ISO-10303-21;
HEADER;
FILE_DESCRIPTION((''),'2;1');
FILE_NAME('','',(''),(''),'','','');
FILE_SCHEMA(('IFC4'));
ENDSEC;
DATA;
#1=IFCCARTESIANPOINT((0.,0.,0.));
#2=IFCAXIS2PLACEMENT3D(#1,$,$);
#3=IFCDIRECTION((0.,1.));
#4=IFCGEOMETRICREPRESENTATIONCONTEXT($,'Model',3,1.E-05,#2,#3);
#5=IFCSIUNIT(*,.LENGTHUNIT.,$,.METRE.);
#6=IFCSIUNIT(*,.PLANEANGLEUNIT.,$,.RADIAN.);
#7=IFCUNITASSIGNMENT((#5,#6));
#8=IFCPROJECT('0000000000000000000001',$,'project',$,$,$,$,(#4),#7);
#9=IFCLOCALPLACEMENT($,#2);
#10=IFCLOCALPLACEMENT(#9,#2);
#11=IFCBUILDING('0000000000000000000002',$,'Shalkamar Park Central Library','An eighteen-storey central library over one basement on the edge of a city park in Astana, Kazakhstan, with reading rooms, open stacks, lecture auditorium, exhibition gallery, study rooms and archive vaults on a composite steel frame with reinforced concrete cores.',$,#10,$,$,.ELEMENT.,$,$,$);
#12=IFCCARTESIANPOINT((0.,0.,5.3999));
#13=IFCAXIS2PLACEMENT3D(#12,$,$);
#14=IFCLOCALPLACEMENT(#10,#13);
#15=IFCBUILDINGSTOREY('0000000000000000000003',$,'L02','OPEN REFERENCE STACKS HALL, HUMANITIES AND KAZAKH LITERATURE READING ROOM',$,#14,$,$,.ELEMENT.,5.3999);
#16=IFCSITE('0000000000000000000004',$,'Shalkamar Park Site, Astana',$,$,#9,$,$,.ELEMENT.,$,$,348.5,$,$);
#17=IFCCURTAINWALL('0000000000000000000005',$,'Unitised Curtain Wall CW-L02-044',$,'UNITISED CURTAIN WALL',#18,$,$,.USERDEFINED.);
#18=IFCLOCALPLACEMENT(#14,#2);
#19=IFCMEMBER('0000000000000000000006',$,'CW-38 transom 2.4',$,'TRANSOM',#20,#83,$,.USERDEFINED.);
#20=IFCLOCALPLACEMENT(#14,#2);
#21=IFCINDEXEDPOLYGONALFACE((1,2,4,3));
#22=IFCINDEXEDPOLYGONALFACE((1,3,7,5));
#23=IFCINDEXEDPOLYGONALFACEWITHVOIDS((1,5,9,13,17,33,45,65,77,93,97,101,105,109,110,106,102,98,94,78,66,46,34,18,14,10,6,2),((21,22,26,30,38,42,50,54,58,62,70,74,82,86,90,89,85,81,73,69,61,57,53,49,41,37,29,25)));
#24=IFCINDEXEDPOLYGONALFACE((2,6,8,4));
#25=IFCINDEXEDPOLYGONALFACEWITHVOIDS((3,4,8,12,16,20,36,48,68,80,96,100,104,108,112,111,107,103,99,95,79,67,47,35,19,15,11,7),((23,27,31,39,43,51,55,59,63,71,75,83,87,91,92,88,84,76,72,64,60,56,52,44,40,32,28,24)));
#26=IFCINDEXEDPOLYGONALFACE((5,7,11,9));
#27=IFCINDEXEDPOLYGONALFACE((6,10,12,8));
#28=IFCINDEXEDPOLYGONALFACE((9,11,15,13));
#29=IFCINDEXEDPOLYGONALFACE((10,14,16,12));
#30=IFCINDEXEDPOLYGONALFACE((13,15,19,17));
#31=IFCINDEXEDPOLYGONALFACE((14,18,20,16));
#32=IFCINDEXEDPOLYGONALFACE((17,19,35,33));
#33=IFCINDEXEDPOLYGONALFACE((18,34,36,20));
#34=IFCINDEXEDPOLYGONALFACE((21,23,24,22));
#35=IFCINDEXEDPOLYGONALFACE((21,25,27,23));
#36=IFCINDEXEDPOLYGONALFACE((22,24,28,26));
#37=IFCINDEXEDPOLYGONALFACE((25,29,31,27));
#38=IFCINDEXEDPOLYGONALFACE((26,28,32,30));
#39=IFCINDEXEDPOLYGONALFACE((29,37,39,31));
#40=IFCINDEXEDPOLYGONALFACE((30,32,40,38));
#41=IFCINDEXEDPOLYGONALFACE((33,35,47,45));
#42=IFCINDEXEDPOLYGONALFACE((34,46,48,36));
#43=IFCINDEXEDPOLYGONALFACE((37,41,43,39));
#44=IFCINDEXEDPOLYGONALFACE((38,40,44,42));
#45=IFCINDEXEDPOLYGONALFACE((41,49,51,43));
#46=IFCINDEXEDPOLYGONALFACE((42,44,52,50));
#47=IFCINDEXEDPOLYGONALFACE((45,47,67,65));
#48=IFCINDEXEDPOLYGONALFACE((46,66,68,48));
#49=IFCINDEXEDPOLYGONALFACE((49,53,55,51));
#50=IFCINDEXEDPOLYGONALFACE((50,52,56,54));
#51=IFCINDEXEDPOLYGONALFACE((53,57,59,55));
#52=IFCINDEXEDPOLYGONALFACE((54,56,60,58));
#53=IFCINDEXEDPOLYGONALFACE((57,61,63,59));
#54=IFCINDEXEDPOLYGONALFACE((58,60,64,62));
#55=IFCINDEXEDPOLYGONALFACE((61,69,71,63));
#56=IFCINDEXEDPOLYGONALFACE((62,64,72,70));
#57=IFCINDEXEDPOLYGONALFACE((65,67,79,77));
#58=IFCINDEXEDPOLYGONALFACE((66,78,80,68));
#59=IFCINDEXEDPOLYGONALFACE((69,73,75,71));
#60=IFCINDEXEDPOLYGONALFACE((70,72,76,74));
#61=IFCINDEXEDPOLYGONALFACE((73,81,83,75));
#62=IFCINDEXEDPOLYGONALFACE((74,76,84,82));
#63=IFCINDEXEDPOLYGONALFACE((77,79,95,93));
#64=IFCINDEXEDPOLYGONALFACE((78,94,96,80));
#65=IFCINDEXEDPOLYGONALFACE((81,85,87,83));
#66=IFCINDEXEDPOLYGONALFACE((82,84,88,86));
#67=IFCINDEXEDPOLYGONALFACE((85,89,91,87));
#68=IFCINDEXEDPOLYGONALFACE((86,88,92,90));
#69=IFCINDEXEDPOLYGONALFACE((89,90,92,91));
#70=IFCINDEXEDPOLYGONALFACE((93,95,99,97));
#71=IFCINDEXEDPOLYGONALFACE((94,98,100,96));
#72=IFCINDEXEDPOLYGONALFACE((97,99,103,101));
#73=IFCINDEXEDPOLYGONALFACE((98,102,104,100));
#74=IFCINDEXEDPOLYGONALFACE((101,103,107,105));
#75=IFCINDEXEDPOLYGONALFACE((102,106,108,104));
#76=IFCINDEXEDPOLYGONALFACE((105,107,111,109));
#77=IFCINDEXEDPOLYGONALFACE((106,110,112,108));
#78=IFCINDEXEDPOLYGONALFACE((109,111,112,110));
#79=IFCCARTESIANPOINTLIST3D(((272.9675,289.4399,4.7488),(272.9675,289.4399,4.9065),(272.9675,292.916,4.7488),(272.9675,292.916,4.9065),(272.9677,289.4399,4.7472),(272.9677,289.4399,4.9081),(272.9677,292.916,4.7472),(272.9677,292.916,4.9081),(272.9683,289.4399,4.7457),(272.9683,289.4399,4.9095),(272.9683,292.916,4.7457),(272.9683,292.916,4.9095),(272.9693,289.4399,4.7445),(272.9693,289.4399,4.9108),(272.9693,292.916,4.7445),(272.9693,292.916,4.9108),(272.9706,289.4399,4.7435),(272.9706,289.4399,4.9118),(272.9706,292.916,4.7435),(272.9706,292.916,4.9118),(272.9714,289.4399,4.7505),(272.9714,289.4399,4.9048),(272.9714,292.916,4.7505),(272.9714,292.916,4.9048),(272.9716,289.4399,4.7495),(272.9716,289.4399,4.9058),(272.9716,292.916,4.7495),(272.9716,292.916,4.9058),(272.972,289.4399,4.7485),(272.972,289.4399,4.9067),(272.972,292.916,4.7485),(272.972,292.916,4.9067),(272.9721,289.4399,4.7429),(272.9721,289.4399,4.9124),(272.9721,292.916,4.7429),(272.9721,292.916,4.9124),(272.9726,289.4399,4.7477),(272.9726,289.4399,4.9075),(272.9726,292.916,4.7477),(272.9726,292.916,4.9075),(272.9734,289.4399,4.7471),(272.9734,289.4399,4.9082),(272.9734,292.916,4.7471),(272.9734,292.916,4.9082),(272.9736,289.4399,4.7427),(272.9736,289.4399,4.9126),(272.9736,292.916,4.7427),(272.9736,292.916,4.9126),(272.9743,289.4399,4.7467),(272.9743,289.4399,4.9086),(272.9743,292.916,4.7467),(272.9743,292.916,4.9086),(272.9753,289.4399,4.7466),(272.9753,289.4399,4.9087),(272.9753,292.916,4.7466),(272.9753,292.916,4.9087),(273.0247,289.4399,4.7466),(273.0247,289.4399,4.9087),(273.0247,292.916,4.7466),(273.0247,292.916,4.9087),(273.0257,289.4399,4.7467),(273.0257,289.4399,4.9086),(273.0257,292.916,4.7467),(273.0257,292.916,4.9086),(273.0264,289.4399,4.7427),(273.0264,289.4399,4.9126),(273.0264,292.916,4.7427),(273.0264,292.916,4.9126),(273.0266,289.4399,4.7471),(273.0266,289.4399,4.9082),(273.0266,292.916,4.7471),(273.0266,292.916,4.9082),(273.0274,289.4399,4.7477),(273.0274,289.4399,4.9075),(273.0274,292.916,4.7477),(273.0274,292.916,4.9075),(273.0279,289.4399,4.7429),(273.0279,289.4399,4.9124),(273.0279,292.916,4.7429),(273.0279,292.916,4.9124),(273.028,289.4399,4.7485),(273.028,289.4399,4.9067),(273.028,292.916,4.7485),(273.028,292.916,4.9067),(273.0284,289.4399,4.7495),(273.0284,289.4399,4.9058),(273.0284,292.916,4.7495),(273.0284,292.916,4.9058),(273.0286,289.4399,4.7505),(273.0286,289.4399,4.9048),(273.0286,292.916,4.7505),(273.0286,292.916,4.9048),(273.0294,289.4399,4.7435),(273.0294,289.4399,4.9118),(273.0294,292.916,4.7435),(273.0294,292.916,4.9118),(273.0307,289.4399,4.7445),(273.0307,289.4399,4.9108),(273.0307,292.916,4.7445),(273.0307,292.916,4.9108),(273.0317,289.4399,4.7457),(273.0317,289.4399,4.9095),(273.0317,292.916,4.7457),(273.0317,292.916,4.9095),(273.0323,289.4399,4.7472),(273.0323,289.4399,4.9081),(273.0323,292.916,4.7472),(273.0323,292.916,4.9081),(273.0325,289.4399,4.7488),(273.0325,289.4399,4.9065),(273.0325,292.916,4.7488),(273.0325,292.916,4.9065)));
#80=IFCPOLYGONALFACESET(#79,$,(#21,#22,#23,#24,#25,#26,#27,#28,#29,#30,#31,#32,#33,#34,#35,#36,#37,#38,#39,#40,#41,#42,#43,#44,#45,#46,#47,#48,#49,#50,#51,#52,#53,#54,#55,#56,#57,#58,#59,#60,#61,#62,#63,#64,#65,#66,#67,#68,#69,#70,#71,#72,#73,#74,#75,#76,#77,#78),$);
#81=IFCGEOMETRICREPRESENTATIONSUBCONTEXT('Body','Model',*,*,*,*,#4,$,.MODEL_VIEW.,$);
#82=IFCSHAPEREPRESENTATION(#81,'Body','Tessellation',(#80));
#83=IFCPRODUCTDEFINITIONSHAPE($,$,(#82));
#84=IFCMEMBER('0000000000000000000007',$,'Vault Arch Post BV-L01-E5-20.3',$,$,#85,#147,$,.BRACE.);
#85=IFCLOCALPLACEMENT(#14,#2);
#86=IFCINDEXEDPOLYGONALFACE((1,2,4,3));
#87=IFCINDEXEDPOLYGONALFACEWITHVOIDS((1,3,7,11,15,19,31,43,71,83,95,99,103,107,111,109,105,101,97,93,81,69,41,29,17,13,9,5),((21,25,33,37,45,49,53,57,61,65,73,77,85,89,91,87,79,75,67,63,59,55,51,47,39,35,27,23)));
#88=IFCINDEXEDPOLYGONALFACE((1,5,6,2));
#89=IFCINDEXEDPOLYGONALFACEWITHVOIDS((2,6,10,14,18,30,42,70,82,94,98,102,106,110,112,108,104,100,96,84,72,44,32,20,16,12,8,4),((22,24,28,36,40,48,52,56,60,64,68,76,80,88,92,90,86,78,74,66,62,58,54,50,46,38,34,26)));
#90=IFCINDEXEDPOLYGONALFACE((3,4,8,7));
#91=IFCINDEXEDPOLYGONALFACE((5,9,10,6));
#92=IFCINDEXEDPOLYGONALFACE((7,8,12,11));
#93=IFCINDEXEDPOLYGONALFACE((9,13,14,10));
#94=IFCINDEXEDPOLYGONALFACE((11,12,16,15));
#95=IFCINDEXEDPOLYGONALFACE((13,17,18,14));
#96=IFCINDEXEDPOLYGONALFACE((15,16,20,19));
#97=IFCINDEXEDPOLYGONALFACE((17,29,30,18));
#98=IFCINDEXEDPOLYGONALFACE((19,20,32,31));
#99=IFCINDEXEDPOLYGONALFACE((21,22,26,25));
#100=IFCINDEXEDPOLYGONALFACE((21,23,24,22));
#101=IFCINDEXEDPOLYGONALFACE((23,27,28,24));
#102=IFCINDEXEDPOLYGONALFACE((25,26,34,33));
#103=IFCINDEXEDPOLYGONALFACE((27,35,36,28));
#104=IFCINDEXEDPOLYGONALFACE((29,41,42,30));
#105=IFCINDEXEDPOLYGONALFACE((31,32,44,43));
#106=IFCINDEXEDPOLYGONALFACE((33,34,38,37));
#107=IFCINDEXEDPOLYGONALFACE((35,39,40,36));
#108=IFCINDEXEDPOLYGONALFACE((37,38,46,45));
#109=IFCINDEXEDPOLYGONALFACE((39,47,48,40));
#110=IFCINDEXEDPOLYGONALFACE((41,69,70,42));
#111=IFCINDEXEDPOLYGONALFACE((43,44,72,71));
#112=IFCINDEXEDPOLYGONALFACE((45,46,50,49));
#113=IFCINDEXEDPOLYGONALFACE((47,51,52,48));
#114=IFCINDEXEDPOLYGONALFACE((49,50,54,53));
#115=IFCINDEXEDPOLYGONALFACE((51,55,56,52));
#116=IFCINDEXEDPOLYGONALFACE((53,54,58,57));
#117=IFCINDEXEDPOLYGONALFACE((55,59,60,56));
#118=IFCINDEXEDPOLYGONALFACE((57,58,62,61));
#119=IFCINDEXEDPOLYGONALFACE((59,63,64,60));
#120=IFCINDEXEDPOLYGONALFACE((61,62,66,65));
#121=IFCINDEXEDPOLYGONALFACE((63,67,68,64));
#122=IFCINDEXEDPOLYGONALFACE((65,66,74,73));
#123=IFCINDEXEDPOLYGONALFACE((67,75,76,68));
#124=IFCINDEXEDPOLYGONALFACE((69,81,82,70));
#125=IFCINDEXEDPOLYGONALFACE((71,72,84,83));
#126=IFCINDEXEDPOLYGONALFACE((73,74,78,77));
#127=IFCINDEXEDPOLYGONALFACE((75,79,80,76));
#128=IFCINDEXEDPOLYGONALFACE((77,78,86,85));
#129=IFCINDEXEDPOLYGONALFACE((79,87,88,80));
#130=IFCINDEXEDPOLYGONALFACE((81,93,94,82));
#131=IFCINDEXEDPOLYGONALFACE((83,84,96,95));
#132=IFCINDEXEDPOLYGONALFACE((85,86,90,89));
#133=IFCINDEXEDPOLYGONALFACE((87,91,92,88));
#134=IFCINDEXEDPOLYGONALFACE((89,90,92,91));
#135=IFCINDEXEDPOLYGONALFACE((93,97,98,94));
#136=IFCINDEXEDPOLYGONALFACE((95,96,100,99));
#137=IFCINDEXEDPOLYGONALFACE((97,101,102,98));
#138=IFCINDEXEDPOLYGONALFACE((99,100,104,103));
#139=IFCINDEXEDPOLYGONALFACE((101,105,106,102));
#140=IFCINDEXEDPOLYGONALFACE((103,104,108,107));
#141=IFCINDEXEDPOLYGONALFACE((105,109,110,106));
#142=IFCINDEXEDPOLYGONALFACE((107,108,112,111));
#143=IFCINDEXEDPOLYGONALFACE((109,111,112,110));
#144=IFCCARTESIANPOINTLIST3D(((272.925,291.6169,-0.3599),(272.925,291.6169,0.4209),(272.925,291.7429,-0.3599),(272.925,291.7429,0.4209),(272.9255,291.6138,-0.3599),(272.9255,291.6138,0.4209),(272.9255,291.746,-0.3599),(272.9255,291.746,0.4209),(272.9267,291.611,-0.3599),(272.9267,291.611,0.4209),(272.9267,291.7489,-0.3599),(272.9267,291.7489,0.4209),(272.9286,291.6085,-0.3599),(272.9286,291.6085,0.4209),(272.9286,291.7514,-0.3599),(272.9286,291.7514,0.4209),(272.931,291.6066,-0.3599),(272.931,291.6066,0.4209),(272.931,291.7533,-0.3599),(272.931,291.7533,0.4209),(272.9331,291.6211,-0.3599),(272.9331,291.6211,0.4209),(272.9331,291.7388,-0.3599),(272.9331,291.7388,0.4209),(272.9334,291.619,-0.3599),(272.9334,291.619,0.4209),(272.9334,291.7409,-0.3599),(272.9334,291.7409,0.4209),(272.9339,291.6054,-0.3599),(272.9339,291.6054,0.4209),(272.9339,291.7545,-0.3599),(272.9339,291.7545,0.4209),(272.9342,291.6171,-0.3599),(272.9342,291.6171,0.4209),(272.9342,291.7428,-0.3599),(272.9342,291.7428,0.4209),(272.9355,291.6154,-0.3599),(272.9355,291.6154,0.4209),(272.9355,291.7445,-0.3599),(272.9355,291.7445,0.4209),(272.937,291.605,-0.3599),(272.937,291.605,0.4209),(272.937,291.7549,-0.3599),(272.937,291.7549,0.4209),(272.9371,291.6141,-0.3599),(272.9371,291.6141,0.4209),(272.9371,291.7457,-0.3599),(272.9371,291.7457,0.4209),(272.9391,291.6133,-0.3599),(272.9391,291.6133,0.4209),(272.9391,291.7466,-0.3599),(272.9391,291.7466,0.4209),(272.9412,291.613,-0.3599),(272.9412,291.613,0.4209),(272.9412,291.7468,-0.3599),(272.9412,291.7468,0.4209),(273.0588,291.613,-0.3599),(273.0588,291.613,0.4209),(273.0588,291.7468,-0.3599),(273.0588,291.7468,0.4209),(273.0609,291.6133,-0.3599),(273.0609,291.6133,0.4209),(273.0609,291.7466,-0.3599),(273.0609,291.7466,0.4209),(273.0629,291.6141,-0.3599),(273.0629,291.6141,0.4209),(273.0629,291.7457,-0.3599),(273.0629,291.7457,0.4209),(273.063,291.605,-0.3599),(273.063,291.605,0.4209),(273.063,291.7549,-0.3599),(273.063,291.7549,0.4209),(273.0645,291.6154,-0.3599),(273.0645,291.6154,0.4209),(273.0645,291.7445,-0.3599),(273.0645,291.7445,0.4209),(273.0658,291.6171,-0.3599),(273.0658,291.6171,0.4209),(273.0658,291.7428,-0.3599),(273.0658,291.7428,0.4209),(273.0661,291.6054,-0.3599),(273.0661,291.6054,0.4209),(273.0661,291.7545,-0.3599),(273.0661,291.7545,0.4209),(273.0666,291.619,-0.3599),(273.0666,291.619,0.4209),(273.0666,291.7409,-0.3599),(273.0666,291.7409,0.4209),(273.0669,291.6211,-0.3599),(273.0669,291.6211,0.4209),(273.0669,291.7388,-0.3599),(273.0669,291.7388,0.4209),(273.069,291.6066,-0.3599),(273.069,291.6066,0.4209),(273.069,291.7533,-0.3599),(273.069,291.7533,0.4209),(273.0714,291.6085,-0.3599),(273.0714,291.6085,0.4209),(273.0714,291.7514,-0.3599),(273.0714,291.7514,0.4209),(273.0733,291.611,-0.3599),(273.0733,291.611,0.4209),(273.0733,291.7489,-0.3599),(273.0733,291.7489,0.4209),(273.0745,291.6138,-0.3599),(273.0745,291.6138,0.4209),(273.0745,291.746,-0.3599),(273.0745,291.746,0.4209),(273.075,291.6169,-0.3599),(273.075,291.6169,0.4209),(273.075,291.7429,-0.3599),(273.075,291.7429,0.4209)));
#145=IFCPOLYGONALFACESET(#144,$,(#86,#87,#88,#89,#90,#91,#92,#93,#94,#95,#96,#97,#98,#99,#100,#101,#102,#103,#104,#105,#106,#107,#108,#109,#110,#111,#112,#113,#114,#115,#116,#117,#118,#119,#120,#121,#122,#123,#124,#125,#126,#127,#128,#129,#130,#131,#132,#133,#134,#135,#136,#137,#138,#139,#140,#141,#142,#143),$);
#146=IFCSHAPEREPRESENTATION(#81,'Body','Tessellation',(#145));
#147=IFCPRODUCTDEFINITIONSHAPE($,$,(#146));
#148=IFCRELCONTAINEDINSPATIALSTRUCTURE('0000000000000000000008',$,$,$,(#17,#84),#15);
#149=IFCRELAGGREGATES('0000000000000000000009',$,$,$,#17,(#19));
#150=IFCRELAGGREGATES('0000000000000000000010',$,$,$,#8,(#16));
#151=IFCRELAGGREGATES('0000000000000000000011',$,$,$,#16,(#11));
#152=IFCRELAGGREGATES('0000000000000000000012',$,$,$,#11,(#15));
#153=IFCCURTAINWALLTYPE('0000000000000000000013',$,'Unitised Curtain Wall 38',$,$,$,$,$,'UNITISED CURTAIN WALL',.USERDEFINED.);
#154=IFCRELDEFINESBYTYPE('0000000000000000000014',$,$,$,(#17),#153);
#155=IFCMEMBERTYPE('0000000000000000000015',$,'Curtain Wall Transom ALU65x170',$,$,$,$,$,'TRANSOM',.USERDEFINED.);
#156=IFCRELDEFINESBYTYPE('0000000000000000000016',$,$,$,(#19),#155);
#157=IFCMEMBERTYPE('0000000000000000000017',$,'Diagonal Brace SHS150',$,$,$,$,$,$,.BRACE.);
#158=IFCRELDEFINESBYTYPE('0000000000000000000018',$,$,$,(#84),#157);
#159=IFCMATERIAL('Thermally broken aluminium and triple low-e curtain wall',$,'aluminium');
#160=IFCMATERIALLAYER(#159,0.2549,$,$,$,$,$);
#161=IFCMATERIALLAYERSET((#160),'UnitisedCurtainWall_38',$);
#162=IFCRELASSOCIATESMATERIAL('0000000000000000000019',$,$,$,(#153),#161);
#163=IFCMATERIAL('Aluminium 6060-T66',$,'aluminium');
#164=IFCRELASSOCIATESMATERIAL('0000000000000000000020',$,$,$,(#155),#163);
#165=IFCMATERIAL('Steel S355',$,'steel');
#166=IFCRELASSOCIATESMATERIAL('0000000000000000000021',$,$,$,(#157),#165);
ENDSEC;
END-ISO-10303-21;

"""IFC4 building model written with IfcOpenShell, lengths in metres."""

from ifc_helpers import new_model, si_unit, direction, frame, origin, origin_2d, place, context, subcontext, project, spatial, hollow_rectangle, extrude, material, layer, layer_set, material_profile, profile_set, type_object, element, aggregate, save


model = new_model("IFC4")

# Units and contexts
model_context = context("Model", 3, precision=1e-05, world=origin(), true_north=direction((0.0, 1.0)))
body_context = subcontext(model_context, "Body", "Model", "MODEL_VIEW")
ifc_project = project(units=[si_unit("LENGTHUNIT", "METRE"), si_unit("PLANEANGLEUNIT", "RADIAN")], contexts=[model_context])

# Site, building, storey
site_placement = place(None, origin())
site = spatial("IfcSite", under=ifc_project, at=site_placement, Name="Shalkamar Park Site, Astana", CompositionType="ELEMENT", RefElevation=348.5)
building_placement = place(site_placement, origin())
building = spatial("IfcBuilding", under=site, at=building_placement, Name="Shalkamar Park Central Library", Description="An eighteen-storey central library over one basement on the edge of a city park in Astana, Kazakhstan, with reading rooms, open stacks, lecture auditorium, exhibition gallery, study rooms and archive vaults on a composite steel frame with reinforced concrete cores.", CompositionType="ELEMENT")
storey_placement = place(building_placement, frame((0.0, 0.0, 5.3999)))
storey = spatial("IfcBuildingStorey", under=building, at=storey_placement, Name="L02", Description="OPEN REFERENCE STACKS HALL, HUMANITIES AND KAZAKH LITERATURE READING ROOM", CompositionType="ELEMENT", Elevation=5.3999)

# Shared definitions
ifc_material_1 = material(Name="Steel S355", Category="steel")

# Curtain wall, member
ifc_material_2 = material(Name="Thermally broken aluminium and triple low-e curtain wall", Category="aluminium")
ifc_layer_1 = layer(ifc_material_2, 0.2549)
ifc_layer_set_1 = layer_set([ifc_layer_1], Name="UnitisedCurtainWall_38")
curtain_wall_type = type_object("IfcCurtainWallType", Name="Unitised Curtain Wall 38", ElementType="UNITISED CURTAIN WALL", PredefinedType="USERDEFINED", material=ifc_layer_set_1)
curtain_wall_placement = place(storey_placement, origin())
curtain_wall = element("IfcCurtainWall", 1, at=curtain_wall_placement, inside=storey, type_object=curtain_wall_type, Name="Unitised Curtain Wall CW-L02-044", ObjectType="UNITISED CURTAIN WALL", PredefinedType="USERDEFINED")
ifc_material_3 = material(Name="Aluminium 6060-T66", Category="aluminium")
ifc_material_profile_1 = material_profile(ifc_material_3, hollow_rectangle(XDim=0.0649, YDim=0.1699, WallThickness=0.0039, InnerFilletRadius=0.0039, OuterFilletRadius=0.0061, at=origin_2d()), Name="ALU 65x170x4")
ifc_profile_set_1 = profile_set([ifc_material_profile_1], Name="Aluminium 6060-T66")
member_type_1 = type_object("IfcMemberType", Name="Curtain Wall Transom ALU65x170", ElementType="TRANSOM", PredefinedType="USERDEFINED", material=ifc_profile_set_1)
member_1_placement = place(storey_placement, frame((273.0, 289.4399, 4.8276), z_axis=(0.0, 1.0, 0.0), x_axis=(-1.0, 0.0, 0.0)))
member_1 = element("IfcMember", 2, at=member_1_placement, type_object=member_type_1, Name="CW-38 transom 2.4", ObjectType="TRANSOM", PredefinedType="USERDEFINED", context=body_context, shape_type="SweptSolid", body=[
    extrude(hollow_rectangle(XDim=0.0649, YDim=0.1699, WallThickness=0.0039, InnerFilletRadius=0.0039, OuterFilletRadius=0.0061, at=origin_2d()), origin(), (0.0, 0.0, 1.0), 3.4761),
])

# Member
ifc_material_profile_2 = material_profile(ifc_material_1, hollow_rectangle(XDim=0.1499, YDim=0.1499, WallThickness=0.0081, InnerFilletRadius=0.0081, OuterFilletRadius=0.012, at=origin_2d()), Name="SHS 150x150x8")
ifc_profile_set_2 = profile_set([ifc_material_profile_2], Name="Steel S355")
member_type_2 = type_object("IfcMemberType", Name="Diagonal Brace SHS150", PredefinedType="BRACE", material=ifc_profile_set_2)
for number, where, z_axis, x_axis, name in (
    (3, (273.0, 291.6799, -0.3599), (0.0, 0.0, 1.0), (1.0, 0.0, 0.0), "Vault Arch Post BV-L01-E5-20.3"),
):
    element("IfcMember", number, at=place(storey_placement, frame(where, z_axis=z_axis, x_axis=x_axis)), inside=storey, type_object=member_type_2, Name=name, PredefinedType="BRACE", context=body_context, shape_type="SweptSolid", body=[
        extrude(hollow_rectangle(XDim=0.1499, YDim=0.1499, WallThickness=0.0081, InnerFilletRadius=0.0081, OuterFilletRadius=0.012, at=origin_2d()), origin(), (0.0, 0.0, 1.0), 0.7808),
    ])

aggregate(curtain_wall, [member_1])

save(model, "model.ifc")
